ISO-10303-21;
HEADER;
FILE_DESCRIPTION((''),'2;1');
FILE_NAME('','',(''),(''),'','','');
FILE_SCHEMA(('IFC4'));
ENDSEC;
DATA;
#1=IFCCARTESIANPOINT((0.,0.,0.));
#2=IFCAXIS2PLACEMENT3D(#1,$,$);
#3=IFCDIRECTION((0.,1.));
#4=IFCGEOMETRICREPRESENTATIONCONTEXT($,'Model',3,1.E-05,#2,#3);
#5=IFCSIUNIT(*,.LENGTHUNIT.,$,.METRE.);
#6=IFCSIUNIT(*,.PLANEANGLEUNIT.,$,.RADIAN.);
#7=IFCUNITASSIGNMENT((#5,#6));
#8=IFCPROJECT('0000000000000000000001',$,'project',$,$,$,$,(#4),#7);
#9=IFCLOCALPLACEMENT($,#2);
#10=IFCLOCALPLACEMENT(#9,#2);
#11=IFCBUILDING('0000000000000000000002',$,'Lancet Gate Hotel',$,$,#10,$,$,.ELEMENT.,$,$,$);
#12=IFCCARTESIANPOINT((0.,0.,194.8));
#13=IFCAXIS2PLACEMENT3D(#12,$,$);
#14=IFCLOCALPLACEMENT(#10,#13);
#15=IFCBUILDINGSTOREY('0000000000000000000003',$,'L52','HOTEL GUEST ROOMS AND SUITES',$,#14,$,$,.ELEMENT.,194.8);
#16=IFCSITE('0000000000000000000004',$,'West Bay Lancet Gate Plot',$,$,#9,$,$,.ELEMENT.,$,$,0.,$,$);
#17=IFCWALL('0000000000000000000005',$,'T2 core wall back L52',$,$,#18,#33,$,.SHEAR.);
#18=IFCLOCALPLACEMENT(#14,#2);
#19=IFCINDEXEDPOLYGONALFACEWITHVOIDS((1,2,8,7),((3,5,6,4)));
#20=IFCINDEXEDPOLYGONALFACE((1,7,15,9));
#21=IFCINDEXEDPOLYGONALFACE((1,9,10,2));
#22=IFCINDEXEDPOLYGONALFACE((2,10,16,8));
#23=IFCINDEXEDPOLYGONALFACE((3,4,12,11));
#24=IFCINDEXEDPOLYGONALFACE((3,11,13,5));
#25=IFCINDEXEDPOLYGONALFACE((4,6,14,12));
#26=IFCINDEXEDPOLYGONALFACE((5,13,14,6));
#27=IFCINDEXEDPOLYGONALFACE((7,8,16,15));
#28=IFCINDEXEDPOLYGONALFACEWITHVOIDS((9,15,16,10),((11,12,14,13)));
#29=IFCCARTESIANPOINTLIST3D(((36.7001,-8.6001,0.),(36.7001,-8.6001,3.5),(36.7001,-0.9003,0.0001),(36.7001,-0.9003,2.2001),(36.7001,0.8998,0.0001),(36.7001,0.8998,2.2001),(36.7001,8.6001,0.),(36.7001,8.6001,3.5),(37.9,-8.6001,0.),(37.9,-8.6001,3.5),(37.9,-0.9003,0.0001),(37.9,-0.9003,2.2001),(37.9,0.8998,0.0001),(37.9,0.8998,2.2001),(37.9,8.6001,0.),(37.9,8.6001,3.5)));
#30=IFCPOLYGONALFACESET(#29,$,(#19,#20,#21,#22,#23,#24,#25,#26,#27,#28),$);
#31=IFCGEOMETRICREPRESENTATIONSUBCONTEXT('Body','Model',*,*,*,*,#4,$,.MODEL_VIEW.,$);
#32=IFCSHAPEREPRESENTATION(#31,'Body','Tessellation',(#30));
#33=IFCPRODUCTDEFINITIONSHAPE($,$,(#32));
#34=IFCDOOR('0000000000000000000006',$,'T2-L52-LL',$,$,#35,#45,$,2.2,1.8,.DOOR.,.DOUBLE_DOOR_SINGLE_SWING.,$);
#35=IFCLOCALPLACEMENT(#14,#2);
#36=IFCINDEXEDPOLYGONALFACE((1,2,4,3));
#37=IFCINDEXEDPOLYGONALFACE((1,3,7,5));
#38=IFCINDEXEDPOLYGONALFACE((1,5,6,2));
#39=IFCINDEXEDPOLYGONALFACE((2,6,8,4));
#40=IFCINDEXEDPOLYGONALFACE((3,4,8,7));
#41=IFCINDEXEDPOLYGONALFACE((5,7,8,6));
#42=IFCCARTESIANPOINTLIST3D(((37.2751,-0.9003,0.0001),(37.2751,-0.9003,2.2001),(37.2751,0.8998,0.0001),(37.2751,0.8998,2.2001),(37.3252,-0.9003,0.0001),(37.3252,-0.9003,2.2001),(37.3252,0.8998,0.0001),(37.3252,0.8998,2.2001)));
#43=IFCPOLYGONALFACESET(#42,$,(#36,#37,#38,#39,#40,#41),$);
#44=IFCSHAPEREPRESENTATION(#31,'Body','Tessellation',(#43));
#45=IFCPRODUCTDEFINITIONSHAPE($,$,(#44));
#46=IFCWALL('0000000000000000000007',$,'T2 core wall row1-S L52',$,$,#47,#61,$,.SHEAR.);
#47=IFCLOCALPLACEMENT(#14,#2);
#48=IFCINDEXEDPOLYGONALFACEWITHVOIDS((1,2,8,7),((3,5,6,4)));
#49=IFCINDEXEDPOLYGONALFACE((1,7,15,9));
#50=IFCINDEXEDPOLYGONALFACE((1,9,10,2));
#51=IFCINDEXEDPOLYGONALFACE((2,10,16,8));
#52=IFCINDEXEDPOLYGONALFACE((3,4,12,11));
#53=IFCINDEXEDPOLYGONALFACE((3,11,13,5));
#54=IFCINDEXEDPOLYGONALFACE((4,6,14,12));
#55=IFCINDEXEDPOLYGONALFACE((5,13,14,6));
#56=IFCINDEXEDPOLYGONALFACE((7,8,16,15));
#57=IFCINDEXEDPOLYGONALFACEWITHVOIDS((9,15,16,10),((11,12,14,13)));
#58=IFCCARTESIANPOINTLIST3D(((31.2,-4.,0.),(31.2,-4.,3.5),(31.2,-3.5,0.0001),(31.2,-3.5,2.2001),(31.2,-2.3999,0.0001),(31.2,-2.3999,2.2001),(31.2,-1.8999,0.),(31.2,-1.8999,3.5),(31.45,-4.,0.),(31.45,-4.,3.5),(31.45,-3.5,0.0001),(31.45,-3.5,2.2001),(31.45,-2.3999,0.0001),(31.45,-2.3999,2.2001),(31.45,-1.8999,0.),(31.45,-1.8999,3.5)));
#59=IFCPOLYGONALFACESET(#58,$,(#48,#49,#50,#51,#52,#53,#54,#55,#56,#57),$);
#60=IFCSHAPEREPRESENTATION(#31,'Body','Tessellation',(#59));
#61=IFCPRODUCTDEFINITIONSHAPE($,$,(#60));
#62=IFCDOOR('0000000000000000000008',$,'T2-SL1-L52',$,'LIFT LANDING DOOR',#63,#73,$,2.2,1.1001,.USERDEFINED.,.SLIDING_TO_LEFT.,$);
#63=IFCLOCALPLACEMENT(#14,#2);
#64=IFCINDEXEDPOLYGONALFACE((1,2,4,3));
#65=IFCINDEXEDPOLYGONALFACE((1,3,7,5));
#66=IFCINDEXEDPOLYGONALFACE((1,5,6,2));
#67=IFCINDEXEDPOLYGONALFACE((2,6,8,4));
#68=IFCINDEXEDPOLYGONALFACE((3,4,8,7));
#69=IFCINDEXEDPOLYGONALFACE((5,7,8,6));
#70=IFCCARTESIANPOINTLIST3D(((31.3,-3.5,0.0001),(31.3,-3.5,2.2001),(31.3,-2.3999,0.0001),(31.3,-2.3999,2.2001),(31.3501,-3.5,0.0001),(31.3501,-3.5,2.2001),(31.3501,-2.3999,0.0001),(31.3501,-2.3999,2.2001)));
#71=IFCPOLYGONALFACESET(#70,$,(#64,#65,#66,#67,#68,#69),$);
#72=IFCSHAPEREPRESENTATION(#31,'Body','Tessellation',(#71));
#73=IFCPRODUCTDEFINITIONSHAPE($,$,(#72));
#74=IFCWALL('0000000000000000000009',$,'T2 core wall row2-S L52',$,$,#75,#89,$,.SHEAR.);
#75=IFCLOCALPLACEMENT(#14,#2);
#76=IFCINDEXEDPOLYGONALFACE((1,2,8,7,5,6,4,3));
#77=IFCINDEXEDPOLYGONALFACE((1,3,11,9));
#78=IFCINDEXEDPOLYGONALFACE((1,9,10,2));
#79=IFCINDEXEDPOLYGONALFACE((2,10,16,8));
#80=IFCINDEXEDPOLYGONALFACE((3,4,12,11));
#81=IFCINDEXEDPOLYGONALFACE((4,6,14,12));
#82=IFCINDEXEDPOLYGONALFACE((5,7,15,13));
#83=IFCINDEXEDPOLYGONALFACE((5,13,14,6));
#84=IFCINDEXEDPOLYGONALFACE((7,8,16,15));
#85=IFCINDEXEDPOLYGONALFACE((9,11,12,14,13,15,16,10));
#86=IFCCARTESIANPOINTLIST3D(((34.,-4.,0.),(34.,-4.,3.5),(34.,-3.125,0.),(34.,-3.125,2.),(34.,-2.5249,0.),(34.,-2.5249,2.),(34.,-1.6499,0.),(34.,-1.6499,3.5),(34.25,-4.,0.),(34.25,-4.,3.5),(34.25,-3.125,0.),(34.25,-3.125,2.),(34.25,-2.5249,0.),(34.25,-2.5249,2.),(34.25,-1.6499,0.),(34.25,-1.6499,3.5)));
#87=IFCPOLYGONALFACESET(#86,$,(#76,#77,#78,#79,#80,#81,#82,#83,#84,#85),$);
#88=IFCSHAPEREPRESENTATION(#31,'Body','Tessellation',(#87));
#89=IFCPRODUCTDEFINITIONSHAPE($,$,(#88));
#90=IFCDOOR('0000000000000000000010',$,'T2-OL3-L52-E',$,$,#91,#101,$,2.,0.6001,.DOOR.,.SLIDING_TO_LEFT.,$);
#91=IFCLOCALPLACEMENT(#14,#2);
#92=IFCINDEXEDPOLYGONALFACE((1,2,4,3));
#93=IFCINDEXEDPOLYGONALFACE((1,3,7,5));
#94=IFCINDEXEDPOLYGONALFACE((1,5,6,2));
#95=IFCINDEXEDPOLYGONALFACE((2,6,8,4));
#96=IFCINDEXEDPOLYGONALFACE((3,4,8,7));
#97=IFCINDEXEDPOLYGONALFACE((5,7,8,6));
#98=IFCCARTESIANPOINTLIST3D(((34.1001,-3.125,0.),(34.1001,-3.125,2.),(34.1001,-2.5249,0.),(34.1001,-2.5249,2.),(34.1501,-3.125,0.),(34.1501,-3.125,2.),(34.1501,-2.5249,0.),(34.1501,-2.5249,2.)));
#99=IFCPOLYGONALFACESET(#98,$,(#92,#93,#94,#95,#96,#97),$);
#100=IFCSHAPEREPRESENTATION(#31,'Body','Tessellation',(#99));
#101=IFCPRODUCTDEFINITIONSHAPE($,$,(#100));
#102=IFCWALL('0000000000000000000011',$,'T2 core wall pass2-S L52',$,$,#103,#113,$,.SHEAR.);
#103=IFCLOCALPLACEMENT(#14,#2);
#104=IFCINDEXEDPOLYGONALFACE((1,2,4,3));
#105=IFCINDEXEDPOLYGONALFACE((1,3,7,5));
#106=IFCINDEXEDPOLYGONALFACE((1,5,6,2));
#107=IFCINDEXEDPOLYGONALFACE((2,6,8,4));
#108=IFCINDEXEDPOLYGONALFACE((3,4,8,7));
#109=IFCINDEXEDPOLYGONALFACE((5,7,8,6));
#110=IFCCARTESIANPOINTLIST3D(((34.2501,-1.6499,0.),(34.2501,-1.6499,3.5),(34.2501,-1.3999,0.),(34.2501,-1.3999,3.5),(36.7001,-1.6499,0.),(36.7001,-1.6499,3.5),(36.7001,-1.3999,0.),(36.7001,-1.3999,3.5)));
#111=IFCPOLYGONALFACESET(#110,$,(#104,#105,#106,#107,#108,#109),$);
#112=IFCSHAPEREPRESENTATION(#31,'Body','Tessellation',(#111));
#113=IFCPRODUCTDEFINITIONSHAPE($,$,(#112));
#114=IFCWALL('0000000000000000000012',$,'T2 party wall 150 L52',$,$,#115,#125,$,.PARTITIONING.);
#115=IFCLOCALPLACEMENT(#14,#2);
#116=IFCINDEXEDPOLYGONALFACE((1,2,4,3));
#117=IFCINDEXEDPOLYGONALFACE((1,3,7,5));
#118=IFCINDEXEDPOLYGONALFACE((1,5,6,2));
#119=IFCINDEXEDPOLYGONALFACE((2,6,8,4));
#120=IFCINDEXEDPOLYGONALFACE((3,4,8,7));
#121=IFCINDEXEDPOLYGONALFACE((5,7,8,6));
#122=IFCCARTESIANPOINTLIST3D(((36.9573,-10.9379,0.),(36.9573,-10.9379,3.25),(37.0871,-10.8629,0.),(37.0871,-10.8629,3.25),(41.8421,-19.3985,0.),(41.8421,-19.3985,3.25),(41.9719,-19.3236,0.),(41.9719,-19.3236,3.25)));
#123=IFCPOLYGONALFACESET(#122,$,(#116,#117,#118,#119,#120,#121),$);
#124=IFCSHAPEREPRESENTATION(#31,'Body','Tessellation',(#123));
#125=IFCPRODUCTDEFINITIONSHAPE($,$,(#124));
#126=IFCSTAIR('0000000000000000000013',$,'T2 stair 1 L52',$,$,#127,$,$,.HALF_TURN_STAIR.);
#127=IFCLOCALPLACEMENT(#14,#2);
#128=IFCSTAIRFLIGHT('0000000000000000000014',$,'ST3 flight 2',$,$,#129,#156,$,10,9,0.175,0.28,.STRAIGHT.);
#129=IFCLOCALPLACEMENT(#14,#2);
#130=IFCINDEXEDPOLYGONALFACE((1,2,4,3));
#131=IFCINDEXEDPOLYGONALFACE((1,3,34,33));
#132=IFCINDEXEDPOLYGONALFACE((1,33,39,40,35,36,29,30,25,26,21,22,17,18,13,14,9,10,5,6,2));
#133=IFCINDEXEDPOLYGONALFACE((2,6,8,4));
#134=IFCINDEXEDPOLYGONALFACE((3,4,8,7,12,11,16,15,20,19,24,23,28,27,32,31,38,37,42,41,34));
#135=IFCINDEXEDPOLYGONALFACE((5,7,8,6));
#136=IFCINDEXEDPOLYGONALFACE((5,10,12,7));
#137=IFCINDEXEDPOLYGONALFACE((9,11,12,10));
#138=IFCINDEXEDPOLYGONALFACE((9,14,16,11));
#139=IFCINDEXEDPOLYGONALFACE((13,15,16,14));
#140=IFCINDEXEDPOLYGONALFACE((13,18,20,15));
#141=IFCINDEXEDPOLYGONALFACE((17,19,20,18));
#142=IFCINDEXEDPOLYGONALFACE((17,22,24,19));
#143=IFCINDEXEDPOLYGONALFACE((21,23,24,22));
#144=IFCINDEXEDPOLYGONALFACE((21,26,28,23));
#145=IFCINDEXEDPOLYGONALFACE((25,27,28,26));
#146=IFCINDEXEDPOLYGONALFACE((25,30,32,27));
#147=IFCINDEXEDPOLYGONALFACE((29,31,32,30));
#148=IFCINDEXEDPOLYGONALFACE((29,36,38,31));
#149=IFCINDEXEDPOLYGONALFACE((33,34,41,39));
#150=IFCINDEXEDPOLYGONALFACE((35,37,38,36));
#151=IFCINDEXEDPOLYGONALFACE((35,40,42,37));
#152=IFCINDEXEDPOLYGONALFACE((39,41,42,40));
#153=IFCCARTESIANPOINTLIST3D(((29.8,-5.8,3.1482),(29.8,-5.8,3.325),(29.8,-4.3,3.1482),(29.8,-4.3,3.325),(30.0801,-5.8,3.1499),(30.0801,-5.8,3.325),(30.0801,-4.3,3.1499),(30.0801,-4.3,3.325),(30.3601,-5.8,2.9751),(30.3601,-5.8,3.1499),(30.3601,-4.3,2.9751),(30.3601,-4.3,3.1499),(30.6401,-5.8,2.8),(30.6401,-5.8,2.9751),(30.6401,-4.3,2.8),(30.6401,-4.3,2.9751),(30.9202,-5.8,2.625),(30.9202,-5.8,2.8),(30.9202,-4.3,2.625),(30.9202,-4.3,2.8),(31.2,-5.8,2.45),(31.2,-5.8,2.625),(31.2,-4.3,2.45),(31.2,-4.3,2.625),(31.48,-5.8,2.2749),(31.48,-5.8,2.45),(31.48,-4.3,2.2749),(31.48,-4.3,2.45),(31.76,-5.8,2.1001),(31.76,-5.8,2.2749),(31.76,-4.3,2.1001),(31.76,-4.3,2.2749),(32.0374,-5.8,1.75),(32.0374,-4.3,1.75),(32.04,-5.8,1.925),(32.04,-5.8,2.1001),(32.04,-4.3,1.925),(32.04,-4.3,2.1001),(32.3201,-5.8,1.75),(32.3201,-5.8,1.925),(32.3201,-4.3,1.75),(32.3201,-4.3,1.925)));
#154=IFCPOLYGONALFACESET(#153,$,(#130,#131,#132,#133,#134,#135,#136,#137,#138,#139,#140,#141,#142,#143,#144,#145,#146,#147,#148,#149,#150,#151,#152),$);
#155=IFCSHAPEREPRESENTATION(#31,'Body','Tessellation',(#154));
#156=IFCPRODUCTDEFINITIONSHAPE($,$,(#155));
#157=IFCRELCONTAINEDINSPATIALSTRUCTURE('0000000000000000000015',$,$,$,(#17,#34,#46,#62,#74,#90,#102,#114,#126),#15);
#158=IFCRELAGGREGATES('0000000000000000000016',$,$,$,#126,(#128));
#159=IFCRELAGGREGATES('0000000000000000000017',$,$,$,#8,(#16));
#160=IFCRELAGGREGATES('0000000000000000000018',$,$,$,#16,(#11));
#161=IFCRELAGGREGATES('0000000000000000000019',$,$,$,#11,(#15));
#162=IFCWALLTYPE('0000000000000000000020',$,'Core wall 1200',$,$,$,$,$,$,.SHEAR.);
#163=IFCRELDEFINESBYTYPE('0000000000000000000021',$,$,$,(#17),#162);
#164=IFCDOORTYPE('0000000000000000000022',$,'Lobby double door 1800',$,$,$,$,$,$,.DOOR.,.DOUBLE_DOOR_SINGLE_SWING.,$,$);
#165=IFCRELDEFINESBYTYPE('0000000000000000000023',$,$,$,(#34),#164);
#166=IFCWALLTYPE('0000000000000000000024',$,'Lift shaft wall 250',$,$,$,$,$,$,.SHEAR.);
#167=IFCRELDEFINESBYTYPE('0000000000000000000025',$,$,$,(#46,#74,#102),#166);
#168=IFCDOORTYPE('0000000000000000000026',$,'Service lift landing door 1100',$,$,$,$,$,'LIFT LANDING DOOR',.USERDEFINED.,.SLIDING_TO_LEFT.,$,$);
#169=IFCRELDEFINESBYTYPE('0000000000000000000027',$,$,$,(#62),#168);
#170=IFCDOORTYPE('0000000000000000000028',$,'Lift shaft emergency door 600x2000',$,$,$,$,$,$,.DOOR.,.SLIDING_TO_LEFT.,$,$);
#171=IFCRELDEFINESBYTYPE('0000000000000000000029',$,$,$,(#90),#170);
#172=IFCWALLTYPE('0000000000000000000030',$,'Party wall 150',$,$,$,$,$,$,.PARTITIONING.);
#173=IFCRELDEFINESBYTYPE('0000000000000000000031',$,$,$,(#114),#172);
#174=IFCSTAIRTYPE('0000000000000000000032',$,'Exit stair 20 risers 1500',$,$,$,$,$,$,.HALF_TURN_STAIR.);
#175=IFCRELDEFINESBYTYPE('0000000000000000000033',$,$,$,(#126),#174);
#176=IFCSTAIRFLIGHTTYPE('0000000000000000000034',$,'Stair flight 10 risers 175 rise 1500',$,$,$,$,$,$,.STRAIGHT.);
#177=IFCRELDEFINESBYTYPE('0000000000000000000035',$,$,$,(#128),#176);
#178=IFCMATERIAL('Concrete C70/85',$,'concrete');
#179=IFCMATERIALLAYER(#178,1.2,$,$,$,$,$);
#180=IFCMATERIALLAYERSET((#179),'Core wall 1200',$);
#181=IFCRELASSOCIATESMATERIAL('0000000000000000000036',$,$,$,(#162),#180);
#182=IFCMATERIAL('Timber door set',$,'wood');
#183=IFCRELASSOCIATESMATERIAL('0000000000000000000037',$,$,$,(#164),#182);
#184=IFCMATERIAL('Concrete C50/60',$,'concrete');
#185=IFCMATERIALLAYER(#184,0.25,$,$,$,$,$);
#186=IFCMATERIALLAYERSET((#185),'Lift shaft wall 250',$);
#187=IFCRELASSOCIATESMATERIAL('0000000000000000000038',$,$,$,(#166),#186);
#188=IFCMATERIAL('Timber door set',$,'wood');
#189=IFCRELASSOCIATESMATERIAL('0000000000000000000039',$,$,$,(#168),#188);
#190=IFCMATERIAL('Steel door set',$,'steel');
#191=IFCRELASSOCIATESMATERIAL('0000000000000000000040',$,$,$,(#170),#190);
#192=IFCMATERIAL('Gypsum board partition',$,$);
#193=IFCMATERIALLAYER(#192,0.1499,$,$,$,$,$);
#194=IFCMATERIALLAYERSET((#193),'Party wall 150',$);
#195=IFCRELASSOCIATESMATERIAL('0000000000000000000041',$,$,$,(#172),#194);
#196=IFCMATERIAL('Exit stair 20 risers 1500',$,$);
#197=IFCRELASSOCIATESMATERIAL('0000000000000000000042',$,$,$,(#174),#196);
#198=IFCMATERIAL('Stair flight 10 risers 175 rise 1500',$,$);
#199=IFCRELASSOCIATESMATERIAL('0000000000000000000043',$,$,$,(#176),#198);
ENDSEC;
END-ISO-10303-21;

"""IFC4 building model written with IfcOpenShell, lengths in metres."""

from ifc_helpers import new_model, si_unit, direction, frame, frame_2d, origin, place, context, subcontext, project, spatial, polyline, rectangle, outline, extrude, material, layer, layer_set, type_object, element, fill, aggregate, save


model = new_model("IFC4")

# Units and contexts
model_context = context("Model", 3, precision=1e-05, world=origin(), true_north=direction((0.0, 1.0)))
body_context = subcontext(model_context, "Body", "Model", "MODEL_VIEW")
ifc_project = project(units=[si_unit("LENGTHUNIT", "METRE"), si_unit("PLANEANGLEUNIT", "RADIAN")], contexts=[model_context])

# Site, building, storey
site_placement = place(None, origin())
site = spatial("IfcSite", under=ifc_project, at=site_placement, Name="West Bay Lancet Gate Plot", CompositionType="ELEMENT", RefElevation=0.0)
building_placement = place(site_placement, origin())
building = spatial("IfcBuilding", under=site, at=building_placement, Name="Lancet Gate Hotel", CompositionType="ELEMENT")
storey_placement = place(building_placement, frame((0.0, 0.0, 194.8)))
storey = spatial("IfcBuildingStorey", under=building, at=storey_placement, Name="L52", Description="HOTEL GUEST ROOMS AND SUITES", CompositionType="ELEMENT", Elevation=194.8)

# Walls, openings, doors
ifc_material_1 = material(Name="Concrete C70/85", Category="concrete")
ifc_layer_1 = layer(ifc_material_1, 1.2)
ifc_layer_set_1 = layer_set([ifc_layer_1], Name="Core wall 1200")
wall_type_1 = type_object("IfcWallType", Name="Core wall 1200", PredefinedType="SHEAR", material=ifc_layer_set_1)
wall_1_placement = place(storey_placement, frame((37.3, -8.6001, 0.0), z_axis=(0.0, 0.0, 1.0), x_axis=(0.0, 1.0, 0.0)))
wall_1 = element("IfcWall", 1, at=wall_1_placement, inside=storey, type_object=wall_type_1, Name="T2 core wall back L52", PredefinedType="SHEAR", context=body_context, shape_type="SweptSolid", body=[
    extrude(rectangle(XDim=17.2002, YDim=1.2, at=frame_2d((8.6001, 0.0))), origin(), (0.0, 0.0, 1.0), 3.5),
])
opening_1_placement = place(wall_1_placement, frame((7.7, 0.0, 0.0)))
opening_1 = element("IfcOpeningElement", 2, at=opening_1_placement, cuts=wall_1, PredefinedType="OPENING", context=body_context, shape_type="SweptSolid", body=[
    extrude(rectangle(XDim=1.8, YDim=2.2, at=frame_2d((0.8999, 1.1001))), frame((0.0, 0.6099, 0.0), z_axis=(0.0, -1.0, 0.0), x_axis=(1.0, 0.0, 0.0)), (0.0, 0.0, 1.0), 1.22),
])
ifc_material_2 = material(Name="Timber door set", Category="wood")
door_type_1 = type_object("IfcDoorType", Name="Lobby double door 1800", OperationType="DOUBLE_DOOR_SINGLE_SWING", PredefinedType="DOOR", material=ifc_material_2)
door_1_placement = place(opening_1_placement, origin())
door_1 = element("IfcDoor", 3, at=door_1_placement, inside=storey, type_object=door_type_1, Name="T2-L52-LL", OperationType="DOUBLE_DOOR_SINGLE_SWING", OverallHeight=2.2, OverallWidth=1.8, PredefinedType="DOOR", context=body_context, shape_type="SweptSolid", body=[
    extrude(rectangle(XDim=1.8, YDim=2.2, at=frame_2d((0.8999, 1.1001))), frame((0.0, 0.0249, 0.0), z_axis=(0.0, -1.0, 0.0), x_axis=(1.0, 0.0, 0.0)), (0.0, 0.0, 1.0), 0.05),
])
fill(opening_1, door_1)
ifc_material_3 = material(Name="Concrete C50/60", Category="concrete")
ifc_layer_2 = layer(ifc_material_3, 0.25)
ifc_layer_set_2 = layer_set([ifc_layer_2], Name="Lift shaft wall 250")
wall_type_2 = type_object("IfcWallType", Name="Lift shaft wall 250", PredefinedType="SHEAR", material=ifc_layer_set_2)
wall_2_placement = place(storey_placement, frame((31.325, -4.0, 0.0), z_axis=(0.0, 0.0, 1.0), x_axis=(0.0, 1.0, 0.0)))
wall_2 = element("IfcWall", 4, at=wall_2_placement, inside=storey, type_object=wall_type_2, Name="T2 core wall row1-S L52", PredefinedType="SHEAR", context=body_context, shape_type="SweptSolid", body=[
    extrude(rectangle(XDim=2.1001, YDim=0.25, at=frame_2d((1.05, 0.0))), origin(), (0.0, 0.0, 1.0), 3.5),
])
opening_2_placement = place(wall_2_placement, frame((0.5, 0.0, 0.0)))
opening_2 = element("IfcOpeningElement", 5, at=opening_2_placement, cuts=wall_2, PredefinedType="OPENING", context=body_context, shape_type="SweptSolid", body=[
    extrude(rectangle(XDim=1.1001, YDim=2.2, at=frame_2d((0.55, 1.1001))), frame((0.0, 0.135, 0.0), z_axis=(0.0, -1.0, 0.0), x_axis=(1.0, 0.0, 0.0)), (0.0, 0.0, 1.0), 0.27),
])
ifc_material_4 = material(Name="Timber door set", Category="wood")
door_type_2 = type_object("IfcDoorType", Name="Service lift landing door 1100", ElementType="LIFT LANDING DOOR", OperationType="SLIDING_TO_LEFT", PredefinedType="USERDEFINED", material=ifc_material_4)
door_2_placement = place(opening_2_placement, origin())
door_2 = element("IfcDoor", 6, at=door_2_placement, inside=storey, type_object=door_type_2, Name="T2-SL1-L52", ObjectType="LIFT LANDING DOOR", OperationType="SLIDING_TO_LEFT", OverallHeight=2.2, OverallWidth=1.1001, PredefinedType="USERDEFINED", context=body_context, shape_type="SweptSolid", body=[
    extrude(rectangle(XDim=1.1001, YDim=2.2, at=frame_2d((0.55, 1.1001))), frame((0.0, 0.0249, 0.0), z_axis=(0.0, -1.0, 0.0), x_axis=(1.0, 0.0, 0.0)), (0.0, 0.0, 1.0), 0.05),
])
fill(opening_2, door_2)
wall_3_placement = place(storey_placement, frame((34.125, -4.0, 0.0), z_axis=(0.0, 0.0, 1.0), x_axis=(0.0, 1.0, 0.0)))
wall_3 = element("IfcWall", 7, at=wall_3_placement, inside=storey, type_object=wall_type_2, Name="T2 core wall row2-S L52", PredefinedType="SHEAR", context=body_context, shape_type="SweptSolid", body=[
    extrude(rectangle(XDim=2.3501, YDim=0.25, at=frame_2d((1.175, 0.0))), origin(), (0.0, 0.0, 1.0), 3.5),
])
opening_3_placement = place(wall_3_placement, frame((0.875, 0.0, 0.0)))
opening_3 = element("IfcOpeningElement", 8, at=opening_3_placement, cuts=wall_3, PredefinedType="OPENING", context=body_context, shape_type="SweptSolid", body=[
    extrude(rectangle(XDim=0.6001, YDim=2.0, at=frame_2d((0.3, 1.0))), frame((0.0, 0.135, 0.0), z_axis=(0.0, -1.0, 0.0), x_axis=(1.0, 0.0, 0.0)), (0.0, 0.0, 1.0), 0.27),
])
ifc_material_5 = material(Name="Steel door set", Category="steel")
door_type_3 = type_object("IfcDoorType", Name="Lift shaft emergency door 600x2000", OperationType="SLIDING_TO_LEFT", PredefinedType="DOOR", material=ifc_material_5)
door_3_placement = place(opening_3_placement, origin())
door_3 = element("IfcDoor", 9, at=door_3_placement, inside=storey, type_object=door_type_3, Name="T2-OL3-L52-E", OperationType="SLIDING_TO_LEFT", OverallHeight=2.0, OverallWidth=0.6001, PredefinedType="DOOR", context=body_context, shape_type="SweptSolid", body=[
    extrude(rectangle(XDim=0.6001, YDim=2.0, at=frame_2d((0.3, 1.0))), frame((0.0, 0.0249, 0.0), z_axis=(0.0, -1.0, 0.0), x_axis=(1.0, 0.0, 0.0)), (0.0, 0.0, 1.0), 0.05),
])
fill(opening_3, door_3)

# Walls
wall_4_placement = place(storey_placement, frame((34.25, -1.5249, 0.0), z_axis=(0.0, 0.0, 1.0), x_axis=(1.0, 0.0, 0.0)))
element("IfcWall", 10, at=wall_4_placement, inside=storey, type_object=wall_type_2, Name="T2 core wall pass2-S L52", PredefinedType="SHEAR", context=body_context, shape_type="SweptSolid", body=[
    extrude(rectangle(XDim=2.45, YDim=0.25, at=frame_2d((1.2251, 0.0))), origin(), (0.0, 0.0, 1.0), 3.5),
])
ifc_material_6 = material(Name="Gypsum board partition")
ifc_layer_3 = layer(ifc_material_6, 0.1499)
ifc_layer_set_3 = layer_set([ifc_layer_3], Name="Party wall 150")
wall_type_3 = type_object("IfcWallType", Name="Party wall 150", PredefinedType="PARTITIONING", material=ifc_layer_set_3)
wall_5_placement = place(storey_placement, frame((37.0222, -10.9004, 0.0), z_axis=(0.0, 0.0, 1.0), x_axis=(0.499999, -0.866026, 0.0)))
element("IfcWall", 11, at=wall_5_placement, inside=storey, type_object=wall_type_3, Name="T2 party wall 150 L52", PredefinedType="PARTITIONING", context=body_context, shape_type="SweptSolid", body=[
    extrude(rectangle(XDim=9.7695, YDim=0.1499, at=frame_2d((4.8848, 0.0))), origin(), (0.0, 0.0, 1.0), 3.25),
])

# Stair, stair flight
ifc_material_7 = material(Name="Exit stair 20 risers 1500")
stair_type = type_object("IfcStairType", Name="Exit stair 20 risers 1500", PredefinedType="HALF_TURN_STAIR", material=ifc_material_7)
stair_placement = place(storey_placement, origin())
stair = element("IfcStair", 12, at=stair_placement, inside=storey, type_object=stair_type, Name="T2 stair 1 L52", PredefinedType="HALF_TURN_STAIR")
ifc_material_8 = material(Name="Stair flight 10 risers 175 rise 1500")
stair_flight_type = type_object("IfcStairFlightType", Name="Stair flight 10 risers 175 rise 1500", PredefinedType="STRAIGHT", material=ifc_material_8)
stair_flight_placement = place(storey_placement, frame((32.3201, -5.05, 1.75), z_axis=(0.0, 0.0, 1.0), x_axis=(-1.0, 0.0, 0.0)))
stair_flight = element("IfcStairFlight", 13, at=stair_flight_placement, type_object=stair_flight_type, Name="ST3 flight 2", NumberOfRisers=10, NumberOfTreads=9, PredefinedType="STRAIGHT", RiserHeight=0.175, TreadLength=0.28, context=body_context, shape_type="SweptSolid", body=[
    extrude(outline(polyline([(0.0, 0.0), (0.0, 0.175), (0.28, 0.175), (0.28, 0.3501), (0.5601, 0.3501), (0.5601, 0.5249), (0.8401, 0.5249), (0.8401, 0.7), (1.1201, 0.7), (1.1201, 0.875), (1.3999, 0.875), (1.3999, 1.05), (1.6799, 1.05), (1.6799, 1.2251), (1.96, 1.2251), (1.96, 1.3999), (2.24, 1.3999), (2.24, 1.575), (2.52, 1.575), (2.52, 1.75), (2.52, 1.3982), (0.2827, 0.0), (0.0, 0.0)])), frame((0.0, 0.75, 0.0), z_axis=(0.0, -1.0, 0.0), x_axis=(1.0, 0.0, 0.0)), (0.0, 0.0, 1.0), 1.5),
])
aggregate(stair, [stair_flight])

save(model, "model.ifc")
